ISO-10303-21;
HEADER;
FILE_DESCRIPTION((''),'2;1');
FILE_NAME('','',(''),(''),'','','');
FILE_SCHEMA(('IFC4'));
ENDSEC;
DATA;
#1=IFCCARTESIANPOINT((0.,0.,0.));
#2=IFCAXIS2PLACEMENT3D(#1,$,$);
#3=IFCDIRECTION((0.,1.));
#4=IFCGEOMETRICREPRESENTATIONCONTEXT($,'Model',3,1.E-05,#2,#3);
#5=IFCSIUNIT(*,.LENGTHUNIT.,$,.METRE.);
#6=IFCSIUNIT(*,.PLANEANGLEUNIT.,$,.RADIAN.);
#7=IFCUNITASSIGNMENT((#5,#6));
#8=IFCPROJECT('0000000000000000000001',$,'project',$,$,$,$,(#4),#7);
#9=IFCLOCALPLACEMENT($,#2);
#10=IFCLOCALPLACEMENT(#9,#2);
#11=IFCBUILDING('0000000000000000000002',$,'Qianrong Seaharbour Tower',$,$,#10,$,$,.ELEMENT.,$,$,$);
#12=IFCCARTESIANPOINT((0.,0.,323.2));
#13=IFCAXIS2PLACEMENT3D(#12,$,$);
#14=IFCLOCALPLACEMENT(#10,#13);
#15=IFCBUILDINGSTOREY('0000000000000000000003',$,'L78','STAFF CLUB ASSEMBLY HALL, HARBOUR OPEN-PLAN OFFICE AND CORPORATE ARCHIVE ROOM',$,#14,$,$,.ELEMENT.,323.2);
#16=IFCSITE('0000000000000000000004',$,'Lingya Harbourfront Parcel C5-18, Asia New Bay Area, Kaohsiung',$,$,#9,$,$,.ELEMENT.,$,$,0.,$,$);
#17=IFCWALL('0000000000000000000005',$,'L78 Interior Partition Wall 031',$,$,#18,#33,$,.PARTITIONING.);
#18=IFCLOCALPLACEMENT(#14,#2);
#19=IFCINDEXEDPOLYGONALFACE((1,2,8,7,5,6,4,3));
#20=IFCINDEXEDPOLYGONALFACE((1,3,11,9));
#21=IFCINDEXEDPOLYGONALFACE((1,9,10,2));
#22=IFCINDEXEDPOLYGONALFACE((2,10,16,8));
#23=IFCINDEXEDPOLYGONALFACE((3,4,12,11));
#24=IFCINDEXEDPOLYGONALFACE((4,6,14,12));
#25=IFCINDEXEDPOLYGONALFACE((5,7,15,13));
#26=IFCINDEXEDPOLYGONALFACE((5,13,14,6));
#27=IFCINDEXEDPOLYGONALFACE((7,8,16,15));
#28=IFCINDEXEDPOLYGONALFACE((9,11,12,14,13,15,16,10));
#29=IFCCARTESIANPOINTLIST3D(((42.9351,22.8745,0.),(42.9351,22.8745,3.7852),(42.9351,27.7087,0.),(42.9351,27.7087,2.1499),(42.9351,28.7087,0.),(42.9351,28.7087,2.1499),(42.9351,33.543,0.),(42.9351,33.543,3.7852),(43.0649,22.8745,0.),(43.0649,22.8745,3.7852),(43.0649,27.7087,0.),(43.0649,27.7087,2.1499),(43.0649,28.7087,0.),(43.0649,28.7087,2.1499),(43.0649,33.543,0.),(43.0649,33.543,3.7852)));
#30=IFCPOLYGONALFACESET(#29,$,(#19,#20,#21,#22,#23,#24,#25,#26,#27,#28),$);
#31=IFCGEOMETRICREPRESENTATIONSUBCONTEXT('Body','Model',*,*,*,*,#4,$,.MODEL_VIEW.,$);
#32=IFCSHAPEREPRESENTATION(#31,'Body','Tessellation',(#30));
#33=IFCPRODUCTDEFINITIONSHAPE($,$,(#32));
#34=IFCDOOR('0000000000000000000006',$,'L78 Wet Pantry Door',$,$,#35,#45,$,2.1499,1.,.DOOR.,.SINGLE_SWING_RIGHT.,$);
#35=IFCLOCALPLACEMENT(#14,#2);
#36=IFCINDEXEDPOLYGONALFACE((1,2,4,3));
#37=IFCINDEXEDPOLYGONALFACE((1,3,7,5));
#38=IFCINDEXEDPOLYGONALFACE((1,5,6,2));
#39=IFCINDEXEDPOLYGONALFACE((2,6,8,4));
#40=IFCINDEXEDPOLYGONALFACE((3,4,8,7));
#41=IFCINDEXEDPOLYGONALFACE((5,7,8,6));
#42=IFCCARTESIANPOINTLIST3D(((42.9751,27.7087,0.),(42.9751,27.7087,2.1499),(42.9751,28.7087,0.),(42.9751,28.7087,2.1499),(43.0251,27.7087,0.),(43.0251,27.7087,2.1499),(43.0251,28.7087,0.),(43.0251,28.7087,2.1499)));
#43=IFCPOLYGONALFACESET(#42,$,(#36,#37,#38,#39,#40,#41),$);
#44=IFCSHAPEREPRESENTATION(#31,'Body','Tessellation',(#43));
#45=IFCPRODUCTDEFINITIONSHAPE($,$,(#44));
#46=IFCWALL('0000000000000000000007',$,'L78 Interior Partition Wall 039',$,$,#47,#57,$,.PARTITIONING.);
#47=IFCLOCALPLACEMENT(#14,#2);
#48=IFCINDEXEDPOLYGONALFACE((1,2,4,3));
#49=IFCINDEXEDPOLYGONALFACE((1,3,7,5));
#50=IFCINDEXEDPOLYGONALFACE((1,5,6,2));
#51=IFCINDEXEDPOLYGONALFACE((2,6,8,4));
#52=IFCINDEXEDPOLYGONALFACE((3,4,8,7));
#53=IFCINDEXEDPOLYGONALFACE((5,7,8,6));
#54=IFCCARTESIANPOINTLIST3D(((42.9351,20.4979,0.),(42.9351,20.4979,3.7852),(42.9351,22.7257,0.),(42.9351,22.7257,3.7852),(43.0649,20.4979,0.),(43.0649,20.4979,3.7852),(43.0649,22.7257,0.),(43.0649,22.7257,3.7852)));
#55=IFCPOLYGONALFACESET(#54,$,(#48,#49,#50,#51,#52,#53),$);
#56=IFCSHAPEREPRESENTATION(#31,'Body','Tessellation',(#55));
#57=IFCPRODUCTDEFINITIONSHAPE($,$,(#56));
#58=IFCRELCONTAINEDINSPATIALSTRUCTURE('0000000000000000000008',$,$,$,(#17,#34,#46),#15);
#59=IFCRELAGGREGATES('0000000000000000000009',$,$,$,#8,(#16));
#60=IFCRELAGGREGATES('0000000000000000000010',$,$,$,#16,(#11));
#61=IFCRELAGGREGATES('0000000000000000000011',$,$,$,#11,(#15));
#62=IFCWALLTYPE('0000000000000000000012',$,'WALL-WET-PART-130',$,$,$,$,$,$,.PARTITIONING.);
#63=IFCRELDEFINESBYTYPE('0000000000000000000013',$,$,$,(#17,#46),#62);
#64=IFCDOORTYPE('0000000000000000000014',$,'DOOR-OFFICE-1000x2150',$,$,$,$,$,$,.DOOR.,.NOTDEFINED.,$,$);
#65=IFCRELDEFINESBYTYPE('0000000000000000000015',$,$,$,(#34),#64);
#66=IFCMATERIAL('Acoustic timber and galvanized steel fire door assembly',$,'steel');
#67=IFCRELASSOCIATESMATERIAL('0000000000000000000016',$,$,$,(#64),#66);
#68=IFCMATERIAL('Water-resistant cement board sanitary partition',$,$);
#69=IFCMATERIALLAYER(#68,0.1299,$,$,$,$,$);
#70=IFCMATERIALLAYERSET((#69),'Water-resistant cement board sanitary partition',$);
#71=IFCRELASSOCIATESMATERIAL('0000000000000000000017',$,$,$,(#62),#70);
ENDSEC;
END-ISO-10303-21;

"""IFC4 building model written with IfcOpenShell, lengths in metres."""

from ifc_helpers import new_model, si_unit, direction, frame, frame_2d, origin, place, context, subcontext, project, spatial, rectangle, extrude, material, layer, layer_set, type_object, element, fill, save


model = new_model("IFC4")

# Units and contexts
model_context = context("Model", 3, precision=1e-05, world=origin(), true_north=direction((0.0, 1.0)))
body_context = subcontext(model_context, "Body", "Model", "MODEL_VIEW")
ifc_project = project(units=[si_unit("LENGTHUNIT", "METRE"), si_unit("PLANEANGLEUNIT", "RADIAN")], contexts=[model_context])

# Site, building, storey
site_placement = place(None, origin())
site = spatial("IfcSite", under=ifc_project, at=site_placement, Name="Lingya Harbourfront Parcel C5-18, Asia New Bay Area, Kaohsiung", CompositionType="ELEMENT", RefElevation=0.0)
building_placement = place(site_placement, origin())
building = spatial("IfcBuilding", under=site, at=building_placement, Name="Qianrong Seaharbour Tower", CompositionType="ELEMENT")
storey_placement = place(building_placement, frame((0.0, 0.0, 323.2)))
storey = spatial("IfcBuildingStorey", under=building, at=storey_placement, Name="L78", Description="STAFF CLUB ASSEMBLY HALL, HARBOUR OPEN-PLAN OFFICE AND CORPORATE ARCHIVE ROOM", CompositionType="ELEMENT", Elevation=323.2)

# Shared definitions
ifc_material_1 = material(Name="Acoustic timber and galvanized steel fire door assembly", Category="steel")

# Shared definitions
door_type_1 = type_object("IfcDoorType", Name="DOOR-OFFICE-1000x2150", OperationType="NOTDEFINED", PredefinedType="DOOR", material=ifc_material_1)

# Shared definitions
ifc_material_2 = material(Name="Water-resistant cement board sanitary partition")
ifc_layer_1 = layer(ifc_material_2, 0.1299)
ifc_layer_set_1 = layer_set([ifc_layer_1], Name="Water-resistant cement board sanitary partition")
wall_type_1 = type_object("IfcWallType", Name="WALL-WET-PART-130", PredefinedType="PARTITIONING", material=ifc_layer_set_1)

# Wall, opening, door
wall_1_placement = place(storey_placement, frame((43.0, 22.8745, 0.0), z_axis=(0.0, 0.0, 1.0), x_axis=(0.0, 1.0, 0.0)))
wall_1 = element("IfcWall", 1, at=wall_1_placement, inside=storey, type_object=wall_type_1, Name="L78 Interior Partition Wall 031", PredefinedType="PARTITIONING", context=body_context, shape_type="SweptSolid", body=[
    extrude(rectangle(XDim=10.6685, YDim=0.1299, at=frame_2d((5.3342, 0.0))), origin(), (0.0, 0.0, 1.0), 3.7852),
])
opening_1_placement = place(wall_1_placement, frame((4.8342, 0.0, 0.0)))
opening_1 = element("IfcOpeningElement", 2, at=opening_1_placement, cuts=wall_1, PredefinedType="OPENING", context=body_context, shape_type="SweptSolid", body=[
    extrude(rectangle(XDim=1.0, YDim=2.1499, at=frame_2d((0.5, 1.075))), frame((0.0, 0.075, 0.0), z_axis=(0.0, -1.0, 0.0), x_axis=(1.0, 0.0, 0.0)), (0.0, 0.0, 1.0), 0.1499),
])
door_1_placement = place(opening_1_placement, origin())
door_1 = element("IfcDoor", 3, at=door_1_placement, inside=storey, type_object=door_type_1, Name="L78 Wet Pantry Door", OperationType="SINGLE_SWING_RIGHT", OverallHeight=2.1499, OverallWidth=1.0, PredefinedType="DOOR", context=body_context, shape_type="SweptSolid", body=[
    extrude(rectangle(XDim=1.0, YDim=2.1499, at=frame_2d((0.5, 1.075))), frame((0.0, 0.0249, 0.0), z_axis=(0.0, -1.0, 0.0), x_axis=(1.0, 0.0, 0.0)), (0.0, 0.0, 1.0), 0.05),
])
fill(opening_1, door_1)

# Wall
wall_2_placement = place(storey_placement, frame((43.0, 22.7256, 0.0), z_axis=(0.0, 0.0, 1.0), x_axis=(0.0, -1.0, 0.0)))
element("IfcWall", 4, at=wall_2_placement, inside=storey, type_object=wall_type_1, Name="L78 Interior Partition Wall 039", PredefinedType="PARTITIONING", context=body_context, shape_type="SweptSolid", body=[
    extrude(rectangle(XDim=2.2278, YDim=0.1299, at=frame_2d((1.1138, 0.0))), origin(), (0.0, 0.0, 1.0), 3.7852),
])

save(model, "model.ifc")
